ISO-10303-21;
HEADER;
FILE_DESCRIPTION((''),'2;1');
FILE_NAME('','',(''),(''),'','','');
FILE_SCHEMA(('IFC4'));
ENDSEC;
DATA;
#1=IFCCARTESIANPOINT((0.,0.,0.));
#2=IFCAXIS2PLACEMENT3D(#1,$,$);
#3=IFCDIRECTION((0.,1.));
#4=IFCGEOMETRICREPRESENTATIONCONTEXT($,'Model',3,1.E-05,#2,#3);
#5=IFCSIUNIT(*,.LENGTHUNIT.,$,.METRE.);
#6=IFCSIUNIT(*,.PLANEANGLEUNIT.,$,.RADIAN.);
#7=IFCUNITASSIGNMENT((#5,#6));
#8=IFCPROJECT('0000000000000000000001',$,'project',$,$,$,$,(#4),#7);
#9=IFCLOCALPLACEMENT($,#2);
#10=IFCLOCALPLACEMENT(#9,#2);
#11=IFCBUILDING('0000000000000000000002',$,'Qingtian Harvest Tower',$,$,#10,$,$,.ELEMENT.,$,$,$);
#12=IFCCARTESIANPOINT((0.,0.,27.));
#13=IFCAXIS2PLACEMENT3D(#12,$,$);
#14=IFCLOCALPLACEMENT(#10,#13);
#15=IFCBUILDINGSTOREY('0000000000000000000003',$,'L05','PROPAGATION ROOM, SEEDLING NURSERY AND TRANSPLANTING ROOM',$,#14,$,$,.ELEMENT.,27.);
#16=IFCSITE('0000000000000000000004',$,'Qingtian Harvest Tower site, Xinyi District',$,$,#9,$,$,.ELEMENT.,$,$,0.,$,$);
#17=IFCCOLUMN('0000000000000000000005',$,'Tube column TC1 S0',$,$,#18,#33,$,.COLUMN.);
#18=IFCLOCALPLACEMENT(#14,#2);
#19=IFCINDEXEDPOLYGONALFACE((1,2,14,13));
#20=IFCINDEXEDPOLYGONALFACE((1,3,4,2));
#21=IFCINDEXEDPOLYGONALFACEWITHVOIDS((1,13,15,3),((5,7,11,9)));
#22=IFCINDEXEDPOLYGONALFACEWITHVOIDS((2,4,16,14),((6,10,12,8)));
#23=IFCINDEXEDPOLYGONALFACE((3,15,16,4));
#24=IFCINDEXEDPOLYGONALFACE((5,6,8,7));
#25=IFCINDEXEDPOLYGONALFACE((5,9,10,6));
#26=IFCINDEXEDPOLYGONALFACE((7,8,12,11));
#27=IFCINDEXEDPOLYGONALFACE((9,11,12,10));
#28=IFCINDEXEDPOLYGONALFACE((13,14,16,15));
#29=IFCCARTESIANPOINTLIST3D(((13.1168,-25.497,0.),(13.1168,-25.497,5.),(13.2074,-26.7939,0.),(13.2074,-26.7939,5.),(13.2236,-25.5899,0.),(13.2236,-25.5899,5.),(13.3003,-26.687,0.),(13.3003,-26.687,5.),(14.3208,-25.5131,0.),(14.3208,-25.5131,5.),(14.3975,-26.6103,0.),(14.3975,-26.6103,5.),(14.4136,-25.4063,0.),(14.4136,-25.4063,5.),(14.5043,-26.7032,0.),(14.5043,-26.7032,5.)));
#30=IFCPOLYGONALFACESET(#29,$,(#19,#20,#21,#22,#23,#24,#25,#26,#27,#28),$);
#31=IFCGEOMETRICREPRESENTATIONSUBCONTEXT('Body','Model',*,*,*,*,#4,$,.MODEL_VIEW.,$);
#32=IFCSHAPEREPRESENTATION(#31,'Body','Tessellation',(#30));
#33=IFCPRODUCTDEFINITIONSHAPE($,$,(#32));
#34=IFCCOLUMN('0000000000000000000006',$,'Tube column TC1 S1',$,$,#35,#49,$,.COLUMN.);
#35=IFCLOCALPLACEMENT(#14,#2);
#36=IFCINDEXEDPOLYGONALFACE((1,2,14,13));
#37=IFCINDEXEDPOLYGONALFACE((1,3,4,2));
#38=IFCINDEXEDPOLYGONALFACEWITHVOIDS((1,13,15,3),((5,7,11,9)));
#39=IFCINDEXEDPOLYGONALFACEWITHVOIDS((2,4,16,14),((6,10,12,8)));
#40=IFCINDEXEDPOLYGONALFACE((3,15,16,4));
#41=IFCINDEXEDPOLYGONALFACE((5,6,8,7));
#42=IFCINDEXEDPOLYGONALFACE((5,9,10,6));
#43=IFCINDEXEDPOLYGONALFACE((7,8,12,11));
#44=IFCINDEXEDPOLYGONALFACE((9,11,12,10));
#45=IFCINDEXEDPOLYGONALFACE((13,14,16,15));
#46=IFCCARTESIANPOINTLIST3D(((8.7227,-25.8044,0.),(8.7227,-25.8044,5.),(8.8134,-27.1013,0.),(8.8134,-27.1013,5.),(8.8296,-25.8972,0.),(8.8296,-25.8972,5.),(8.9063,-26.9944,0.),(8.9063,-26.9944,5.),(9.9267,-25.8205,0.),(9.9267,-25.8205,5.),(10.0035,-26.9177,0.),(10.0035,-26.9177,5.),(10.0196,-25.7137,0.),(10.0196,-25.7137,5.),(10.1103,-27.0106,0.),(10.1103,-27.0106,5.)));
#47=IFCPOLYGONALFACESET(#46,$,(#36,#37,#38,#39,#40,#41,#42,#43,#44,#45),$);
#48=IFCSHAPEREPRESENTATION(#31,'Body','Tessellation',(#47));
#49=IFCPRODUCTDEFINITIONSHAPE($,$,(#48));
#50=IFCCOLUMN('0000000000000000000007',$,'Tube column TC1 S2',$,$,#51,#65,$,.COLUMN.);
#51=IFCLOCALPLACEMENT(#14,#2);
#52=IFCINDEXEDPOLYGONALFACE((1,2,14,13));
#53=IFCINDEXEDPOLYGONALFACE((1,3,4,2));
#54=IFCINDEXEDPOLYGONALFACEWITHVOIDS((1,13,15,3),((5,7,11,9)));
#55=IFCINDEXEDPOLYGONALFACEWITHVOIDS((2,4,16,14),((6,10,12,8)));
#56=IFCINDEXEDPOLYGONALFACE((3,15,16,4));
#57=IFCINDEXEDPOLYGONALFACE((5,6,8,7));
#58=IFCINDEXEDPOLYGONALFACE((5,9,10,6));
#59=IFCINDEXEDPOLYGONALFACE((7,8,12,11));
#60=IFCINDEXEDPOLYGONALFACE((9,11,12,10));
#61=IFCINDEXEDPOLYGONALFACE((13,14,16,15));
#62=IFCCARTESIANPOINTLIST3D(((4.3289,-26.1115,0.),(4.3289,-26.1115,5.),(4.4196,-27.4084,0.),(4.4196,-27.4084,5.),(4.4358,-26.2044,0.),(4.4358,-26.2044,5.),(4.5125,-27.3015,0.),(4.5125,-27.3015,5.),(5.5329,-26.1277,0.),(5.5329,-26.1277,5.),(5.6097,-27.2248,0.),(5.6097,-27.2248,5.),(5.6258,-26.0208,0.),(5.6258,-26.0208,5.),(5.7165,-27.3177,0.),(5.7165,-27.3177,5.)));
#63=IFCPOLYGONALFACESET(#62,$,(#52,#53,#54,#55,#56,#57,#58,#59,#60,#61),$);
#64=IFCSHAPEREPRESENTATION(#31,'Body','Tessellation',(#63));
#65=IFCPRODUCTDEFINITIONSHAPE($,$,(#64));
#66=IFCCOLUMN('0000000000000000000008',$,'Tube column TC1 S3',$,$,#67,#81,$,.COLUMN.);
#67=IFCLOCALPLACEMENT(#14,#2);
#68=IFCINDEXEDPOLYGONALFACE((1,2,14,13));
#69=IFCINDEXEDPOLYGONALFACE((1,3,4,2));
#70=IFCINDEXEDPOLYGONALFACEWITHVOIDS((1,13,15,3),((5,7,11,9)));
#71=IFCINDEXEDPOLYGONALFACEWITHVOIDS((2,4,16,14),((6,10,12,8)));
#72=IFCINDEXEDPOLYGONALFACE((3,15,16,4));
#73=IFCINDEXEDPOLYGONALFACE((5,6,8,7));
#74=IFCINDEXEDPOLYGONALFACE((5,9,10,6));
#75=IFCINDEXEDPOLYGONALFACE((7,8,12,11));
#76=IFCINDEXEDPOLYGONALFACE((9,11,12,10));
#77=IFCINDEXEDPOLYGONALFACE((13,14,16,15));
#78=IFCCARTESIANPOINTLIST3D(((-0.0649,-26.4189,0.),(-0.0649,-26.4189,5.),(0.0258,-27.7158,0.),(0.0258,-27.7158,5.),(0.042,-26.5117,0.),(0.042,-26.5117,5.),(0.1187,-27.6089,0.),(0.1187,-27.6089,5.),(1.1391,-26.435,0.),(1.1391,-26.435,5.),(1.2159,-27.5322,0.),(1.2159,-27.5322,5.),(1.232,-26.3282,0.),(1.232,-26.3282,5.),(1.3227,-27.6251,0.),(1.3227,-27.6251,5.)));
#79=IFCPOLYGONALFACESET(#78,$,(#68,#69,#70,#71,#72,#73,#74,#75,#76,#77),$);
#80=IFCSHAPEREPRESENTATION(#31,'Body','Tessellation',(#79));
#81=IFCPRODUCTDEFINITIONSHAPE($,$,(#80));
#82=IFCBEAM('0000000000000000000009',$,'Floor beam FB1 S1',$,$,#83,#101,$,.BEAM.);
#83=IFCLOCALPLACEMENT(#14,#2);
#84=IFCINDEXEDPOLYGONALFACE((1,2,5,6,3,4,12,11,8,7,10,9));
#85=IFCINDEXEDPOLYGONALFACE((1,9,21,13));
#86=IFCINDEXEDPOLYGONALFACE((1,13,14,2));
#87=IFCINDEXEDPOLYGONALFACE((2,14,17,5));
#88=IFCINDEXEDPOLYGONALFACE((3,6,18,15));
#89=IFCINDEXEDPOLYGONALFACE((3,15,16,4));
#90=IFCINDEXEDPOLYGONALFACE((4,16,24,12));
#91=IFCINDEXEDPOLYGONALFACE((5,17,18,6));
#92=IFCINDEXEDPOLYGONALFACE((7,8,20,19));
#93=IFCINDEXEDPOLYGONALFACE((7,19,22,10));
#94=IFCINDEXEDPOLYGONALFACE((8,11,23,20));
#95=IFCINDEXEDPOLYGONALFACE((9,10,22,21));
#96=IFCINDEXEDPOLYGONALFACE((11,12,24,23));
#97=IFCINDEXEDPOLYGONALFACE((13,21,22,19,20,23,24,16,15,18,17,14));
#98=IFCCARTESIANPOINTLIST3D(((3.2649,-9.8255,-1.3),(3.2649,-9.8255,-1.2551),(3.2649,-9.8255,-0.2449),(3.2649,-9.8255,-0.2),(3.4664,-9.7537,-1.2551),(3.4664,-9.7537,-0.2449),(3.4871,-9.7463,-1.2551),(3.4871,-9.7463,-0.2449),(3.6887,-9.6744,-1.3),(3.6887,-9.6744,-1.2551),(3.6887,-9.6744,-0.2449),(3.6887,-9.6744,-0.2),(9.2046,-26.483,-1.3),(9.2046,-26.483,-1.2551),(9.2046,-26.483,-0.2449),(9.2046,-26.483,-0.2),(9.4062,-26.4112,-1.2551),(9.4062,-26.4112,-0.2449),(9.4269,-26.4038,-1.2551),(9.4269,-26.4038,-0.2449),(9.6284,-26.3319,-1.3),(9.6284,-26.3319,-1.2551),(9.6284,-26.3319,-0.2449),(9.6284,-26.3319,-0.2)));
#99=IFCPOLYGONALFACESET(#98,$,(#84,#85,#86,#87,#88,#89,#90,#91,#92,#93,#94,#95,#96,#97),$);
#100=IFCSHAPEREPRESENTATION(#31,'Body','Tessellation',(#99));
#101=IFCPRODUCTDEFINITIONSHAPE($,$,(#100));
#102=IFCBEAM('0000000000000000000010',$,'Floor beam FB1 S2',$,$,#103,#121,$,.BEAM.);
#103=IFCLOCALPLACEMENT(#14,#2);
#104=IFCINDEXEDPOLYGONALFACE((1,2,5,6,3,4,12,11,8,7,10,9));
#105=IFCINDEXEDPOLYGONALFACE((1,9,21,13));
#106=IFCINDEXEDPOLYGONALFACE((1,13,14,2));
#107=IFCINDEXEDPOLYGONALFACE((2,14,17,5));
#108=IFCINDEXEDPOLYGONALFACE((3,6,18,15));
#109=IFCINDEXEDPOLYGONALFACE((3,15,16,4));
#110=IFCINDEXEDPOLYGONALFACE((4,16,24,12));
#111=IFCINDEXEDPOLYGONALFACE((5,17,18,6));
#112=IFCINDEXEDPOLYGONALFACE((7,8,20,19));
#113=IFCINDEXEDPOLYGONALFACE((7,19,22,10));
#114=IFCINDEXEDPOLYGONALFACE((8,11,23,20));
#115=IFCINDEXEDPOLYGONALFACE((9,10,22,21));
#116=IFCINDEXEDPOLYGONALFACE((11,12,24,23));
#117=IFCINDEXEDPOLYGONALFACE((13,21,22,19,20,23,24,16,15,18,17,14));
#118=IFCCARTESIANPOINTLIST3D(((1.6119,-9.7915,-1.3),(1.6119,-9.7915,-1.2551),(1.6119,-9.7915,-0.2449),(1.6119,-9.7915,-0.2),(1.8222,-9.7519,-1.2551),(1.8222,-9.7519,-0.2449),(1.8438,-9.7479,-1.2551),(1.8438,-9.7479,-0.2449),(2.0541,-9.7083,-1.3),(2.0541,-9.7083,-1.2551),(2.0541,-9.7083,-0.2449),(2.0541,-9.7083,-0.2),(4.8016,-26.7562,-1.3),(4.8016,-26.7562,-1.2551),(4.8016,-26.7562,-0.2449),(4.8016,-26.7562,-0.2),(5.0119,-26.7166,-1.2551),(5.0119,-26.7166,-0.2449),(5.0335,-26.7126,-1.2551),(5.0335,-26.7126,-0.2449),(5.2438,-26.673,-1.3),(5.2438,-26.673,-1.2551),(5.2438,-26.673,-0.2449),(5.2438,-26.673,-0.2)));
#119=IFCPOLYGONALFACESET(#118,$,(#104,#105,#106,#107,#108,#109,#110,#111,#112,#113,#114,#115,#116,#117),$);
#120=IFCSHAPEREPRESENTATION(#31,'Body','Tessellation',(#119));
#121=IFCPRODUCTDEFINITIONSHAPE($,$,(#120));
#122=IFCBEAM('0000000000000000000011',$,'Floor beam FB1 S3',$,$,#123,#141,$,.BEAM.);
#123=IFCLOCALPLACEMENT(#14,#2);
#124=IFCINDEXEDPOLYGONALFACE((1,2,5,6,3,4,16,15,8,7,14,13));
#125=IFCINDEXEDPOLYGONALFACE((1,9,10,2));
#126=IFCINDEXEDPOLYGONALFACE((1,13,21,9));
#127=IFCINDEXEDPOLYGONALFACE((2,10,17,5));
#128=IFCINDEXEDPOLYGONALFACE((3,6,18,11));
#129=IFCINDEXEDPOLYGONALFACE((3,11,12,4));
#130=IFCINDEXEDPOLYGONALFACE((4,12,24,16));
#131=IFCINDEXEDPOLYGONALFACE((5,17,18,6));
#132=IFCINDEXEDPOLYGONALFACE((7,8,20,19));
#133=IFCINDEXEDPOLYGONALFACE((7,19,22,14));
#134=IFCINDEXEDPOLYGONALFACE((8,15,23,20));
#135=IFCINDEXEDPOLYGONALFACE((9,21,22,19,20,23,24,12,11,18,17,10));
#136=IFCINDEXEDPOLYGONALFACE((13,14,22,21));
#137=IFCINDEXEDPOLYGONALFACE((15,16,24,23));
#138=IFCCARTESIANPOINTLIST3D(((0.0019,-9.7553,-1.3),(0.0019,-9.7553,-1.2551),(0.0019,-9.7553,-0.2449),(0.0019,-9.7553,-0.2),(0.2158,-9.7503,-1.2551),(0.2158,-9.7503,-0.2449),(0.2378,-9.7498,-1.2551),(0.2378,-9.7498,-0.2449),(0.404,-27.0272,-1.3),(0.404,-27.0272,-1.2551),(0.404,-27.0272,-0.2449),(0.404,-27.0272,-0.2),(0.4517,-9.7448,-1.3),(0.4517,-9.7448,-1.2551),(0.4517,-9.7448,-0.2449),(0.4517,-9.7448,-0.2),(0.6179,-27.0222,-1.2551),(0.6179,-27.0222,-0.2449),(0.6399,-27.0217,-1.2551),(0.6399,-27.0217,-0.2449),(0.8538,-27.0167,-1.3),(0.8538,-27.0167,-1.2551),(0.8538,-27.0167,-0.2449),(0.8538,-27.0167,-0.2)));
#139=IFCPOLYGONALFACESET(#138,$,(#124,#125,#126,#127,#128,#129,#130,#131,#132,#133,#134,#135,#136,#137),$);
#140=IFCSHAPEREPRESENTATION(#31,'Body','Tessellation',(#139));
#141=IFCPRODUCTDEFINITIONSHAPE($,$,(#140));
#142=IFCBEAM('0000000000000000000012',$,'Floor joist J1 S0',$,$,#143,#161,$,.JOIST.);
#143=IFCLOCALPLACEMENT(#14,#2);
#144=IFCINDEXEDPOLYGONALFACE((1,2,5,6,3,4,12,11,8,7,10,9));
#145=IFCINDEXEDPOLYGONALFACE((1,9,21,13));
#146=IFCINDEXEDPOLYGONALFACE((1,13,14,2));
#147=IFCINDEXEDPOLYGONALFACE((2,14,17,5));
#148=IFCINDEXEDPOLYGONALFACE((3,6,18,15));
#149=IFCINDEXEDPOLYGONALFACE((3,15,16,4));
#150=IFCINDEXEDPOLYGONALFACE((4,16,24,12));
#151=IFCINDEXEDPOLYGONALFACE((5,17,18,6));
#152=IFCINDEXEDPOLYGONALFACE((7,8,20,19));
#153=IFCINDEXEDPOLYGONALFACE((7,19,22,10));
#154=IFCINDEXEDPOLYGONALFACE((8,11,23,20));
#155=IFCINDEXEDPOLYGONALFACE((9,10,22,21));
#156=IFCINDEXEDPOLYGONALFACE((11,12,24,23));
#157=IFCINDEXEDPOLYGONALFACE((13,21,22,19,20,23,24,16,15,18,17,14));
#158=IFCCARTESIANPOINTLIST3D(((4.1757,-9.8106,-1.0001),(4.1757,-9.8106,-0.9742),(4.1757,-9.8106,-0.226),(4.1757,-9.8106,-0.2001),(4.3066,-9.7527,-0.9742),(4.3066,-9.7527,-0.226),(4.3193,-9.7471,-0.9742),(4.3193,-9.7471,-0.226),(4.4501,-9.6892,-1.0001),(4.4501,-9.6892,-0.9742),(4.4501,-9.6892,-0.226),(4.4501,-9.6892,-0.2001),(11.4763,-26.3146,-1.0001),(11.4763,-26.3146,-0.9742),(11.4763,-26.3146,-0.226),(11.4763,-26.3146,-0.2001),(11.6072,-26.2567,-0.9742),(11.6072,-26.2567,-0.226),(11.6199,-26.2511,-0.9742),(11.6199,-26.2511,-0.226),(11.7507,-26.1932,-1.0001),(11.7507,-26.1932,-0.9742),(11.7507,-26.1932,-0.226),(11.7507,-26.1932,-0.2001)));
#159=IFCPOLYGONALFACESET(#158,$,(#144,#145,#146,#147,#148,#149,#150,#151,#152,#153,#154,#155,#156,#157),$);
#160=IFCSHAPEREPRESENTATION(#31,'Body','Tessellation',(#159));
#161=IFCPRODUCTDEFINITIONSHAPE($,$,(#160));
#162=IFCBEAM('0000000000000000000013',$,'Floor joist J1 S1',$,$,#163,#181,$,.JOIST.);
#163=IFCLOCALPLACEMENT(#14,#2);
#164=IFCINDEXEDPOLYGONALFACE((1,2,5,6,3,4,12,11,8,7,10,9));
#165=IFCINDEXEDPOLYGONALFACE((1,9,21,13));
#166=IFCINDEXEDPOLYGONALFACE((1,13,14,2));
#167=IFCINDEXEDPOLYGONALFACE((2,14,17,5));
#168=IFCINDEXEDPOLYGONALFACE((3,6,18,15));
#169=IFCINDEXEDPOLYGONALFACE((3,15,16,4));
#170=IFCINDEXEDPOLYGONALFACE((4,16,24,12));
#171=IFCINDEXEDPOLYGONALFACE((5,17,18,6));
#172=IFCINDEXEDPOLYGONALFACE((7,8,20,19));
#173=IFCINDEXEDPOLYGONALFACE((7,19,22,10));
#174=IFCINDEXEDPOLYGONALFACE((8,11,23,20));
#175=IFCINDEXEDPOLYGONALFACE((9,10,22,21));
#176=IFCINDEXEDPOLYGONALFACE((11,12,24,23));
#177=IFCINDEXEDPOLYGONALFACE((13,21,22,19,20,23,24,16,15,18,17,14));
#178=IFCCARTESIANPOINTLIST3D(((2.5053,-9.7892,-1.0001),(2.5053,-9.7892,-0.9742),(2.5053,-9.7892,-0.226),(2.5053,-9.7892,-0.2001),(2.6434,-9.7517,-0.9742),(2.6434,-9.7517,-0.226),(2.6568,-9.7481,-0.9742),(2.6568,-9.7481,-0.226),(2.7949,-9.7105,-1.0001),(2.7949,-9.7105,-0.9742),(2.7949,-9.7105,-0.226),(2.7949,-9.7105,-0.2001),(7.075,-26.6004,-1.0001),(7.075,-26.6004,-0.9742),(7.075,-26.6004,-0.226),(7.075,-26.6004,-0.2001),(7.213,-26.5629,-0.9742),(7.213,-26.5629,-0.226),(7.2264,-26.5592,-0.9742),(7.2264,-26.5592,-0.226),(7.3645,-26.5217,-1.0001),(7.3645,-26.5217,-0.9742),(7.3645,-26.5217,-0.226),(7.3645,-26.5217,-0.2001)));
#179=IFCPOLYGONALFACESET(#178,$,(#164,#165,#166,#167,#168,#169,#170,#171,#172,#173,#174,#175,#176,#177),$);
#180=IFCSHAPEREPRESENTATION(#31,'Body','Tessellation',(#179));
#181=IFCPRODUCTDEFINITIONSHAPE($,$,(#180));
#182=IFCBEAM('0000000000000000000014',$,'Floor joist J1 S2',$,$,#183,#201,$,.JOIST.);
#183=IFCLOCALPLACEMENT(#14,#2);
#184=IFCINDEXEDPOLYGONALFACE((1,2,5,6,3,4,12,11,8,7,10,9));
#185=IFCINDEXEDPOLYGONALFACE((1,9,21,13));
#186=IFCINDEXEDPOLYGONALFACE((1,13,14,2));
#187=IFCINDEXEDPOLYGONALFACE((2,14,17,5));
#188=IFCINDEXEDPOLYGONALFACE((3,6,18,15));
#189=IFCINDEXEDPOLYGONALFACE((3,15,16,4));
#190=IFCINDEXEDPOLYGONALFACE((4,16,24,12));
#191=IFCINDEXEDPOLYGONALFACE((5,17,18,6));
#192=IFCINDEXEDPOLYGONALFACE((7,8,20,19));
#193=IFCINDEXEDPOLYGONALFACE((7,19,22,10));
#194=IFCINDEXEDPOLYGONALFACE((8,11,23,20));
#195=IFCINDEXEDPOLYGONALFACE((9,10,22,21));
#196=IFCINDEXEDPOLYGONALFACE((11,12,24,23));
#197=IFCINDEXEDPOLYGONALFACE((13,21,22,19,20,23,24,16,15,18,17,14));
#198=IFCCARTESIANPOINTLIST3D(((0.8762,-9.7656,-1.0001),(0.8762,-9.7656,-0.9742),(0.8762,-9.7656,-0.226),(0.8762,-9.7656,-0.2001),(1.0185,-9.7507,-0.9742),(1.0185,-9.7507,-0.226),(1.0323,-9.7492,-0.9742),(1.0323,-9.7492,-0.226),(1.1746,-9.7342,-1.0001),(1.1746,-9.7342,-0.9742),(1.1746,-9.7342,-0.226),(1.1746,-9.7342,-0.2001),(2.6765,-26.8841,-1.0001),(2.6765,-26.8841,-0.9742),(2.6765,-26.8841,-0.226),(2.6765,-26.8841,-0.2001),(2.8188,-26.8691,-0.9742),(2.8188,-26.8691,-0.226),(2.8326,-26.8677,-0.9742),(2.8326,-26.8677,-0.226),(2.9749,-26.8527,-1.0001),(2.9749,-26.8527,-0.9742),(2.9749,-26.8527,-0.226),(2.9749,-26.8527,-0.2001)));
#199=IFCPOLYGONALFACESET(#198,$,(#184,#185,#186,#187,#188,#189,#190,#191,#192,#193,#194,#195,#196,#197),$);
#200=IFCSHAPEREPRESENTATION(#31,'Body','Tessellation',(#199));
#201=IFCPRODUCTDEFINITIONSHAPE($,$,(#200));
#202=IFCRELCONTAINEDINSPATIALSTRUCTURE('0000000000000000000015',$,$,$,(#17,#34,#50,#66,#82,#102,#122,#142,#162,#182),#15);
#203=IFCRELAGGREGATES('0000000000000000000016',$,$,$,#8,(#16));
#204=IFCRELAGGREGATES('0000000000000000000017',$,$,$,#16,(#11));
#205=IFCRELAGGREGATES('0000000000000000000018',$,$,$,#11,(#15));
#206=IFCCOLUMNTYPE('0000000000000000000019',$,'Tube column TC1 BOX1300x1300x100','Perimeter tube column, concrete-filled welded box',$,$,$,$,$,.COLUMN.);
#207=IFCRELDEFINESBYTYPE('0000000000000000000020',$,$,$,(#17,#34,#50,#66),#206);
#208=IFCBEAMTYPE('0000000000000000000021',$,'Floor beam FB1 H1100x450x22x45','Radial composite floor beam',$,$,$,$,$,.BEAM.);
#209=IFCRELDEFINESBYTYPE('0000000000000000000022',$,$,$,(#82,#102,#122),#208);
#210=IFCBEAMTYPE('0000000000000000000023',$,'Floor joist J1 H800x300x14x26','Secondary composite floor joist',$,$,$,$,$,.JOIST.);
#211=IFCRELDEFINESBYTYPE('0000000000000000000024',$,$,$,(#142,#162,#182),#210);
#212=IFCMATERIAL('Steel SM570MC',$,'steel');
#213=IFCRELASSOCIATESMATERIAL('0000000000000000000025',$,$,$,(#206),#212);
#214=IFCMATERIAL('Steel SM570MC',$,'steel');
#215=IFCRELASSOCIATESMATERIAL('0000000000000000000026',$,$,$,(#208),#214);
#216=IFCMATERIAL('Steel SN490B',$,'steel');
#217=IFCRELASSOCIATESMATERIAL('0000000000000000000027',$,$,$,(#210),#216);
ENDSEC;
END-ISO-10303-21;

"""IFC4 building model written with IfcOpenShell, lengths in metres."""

from ifc_helpers import new_model, si_unit, direction, frame, origin, origin_2d, place, context, subcontext, project, spatial, hollow_rectangle, i_section, extrude, material, material_profile, profile_set, type_object, element, save


model = new_model("IFC4")

# Units and contexts
model_context = context("Model", 3, precision=1e-05, world=origin(), true_north=direction((0.0, 1.0)))
body_context = subcontext(model_context, "Body", "Model", "MODEL_VIEW")
ifc_project = project(units=[si_unit("LENGTHUNIT", "METRE"), si_unit("PLANEANGLEUNIT", "RADIAN")], contexts=[model_context])

# Site, building, storey
site_placement = place(None, origin())
site = spatial("IfcSite", under=ifc_project, at=site_placement, Name="Qingtian Harvest Tower site, Xinyi District", CompositionType="ELEMENT", RefElevation=0.0)
building_placement = place(site_placement, origin())
building = spatial("IfcBuilding", under=site, at=building_placement, Name="Qingtian Harvest Tower", CompositionType="ELEMENT")
storey_placement = place(building_placement, frame((0.0, 0.0, 27.0)))
storey = spatial("IfcBuildingStorey", under=building, at=storey_placement, Name="L05", Description="PROPAGATION ROOM, SEEDLING NURSERY AND TRANSPLANTING ROOM", CompositionType="ELEMENT", Elevation=27.0)

# Columns
ifc_material_1 = material(Name="Steel SM570MC", Category="steel")
ifc_material_profile_1 = material_profile(ifc_material_1, hollow_rectangle(XDim=1.3, YDim=1.3, WallThickness=0.1001, at=origin_2d()), Name="BOX1300x1300x100")
ifc_profile_set_1 = profile_set([ifc_material_profile_1], Name="Steel SM570MC")
column_type = type_object("IfcColumnType", Name="Tube column TC1 BOX1300x1300x100", Description="Perimeter tube column, concrete-filled welded box", PredefinedType="COLUMN", material=ifc_profile_set_1)
for number, where, z_axis, x_axis, name in (
    (1, (13.8105, -26.1001, 0.0), (0.0, 0.0, 1.0), (0.997564, 0.069756, 0.0), "Tube column TC1 S0"),
    (2, (9.4165, -26.4075, 0.0), (0.0, 0.0, 1.0), (0.997564, 0.069756, 0.0), "Tube column TC1 S1"),
    (3, (5.0227, -26.7146, 0.0), (0.0, 0.0, 1.0), (0.997564, 0.069756, 0.0), "Tube column TC1 S2"),
    (4, (0.6289, -27.022, 0.0), (0.0, 0.0, 1.0), (0.997564, 0.069756, 0.0), "Tube column TC1 S3"),
):
    element("IfcColumn", number, at=place(storey_placement, frame(where, z_axis=z_axis, x_axis=x_axis)), inside=storey, type_object=column_type, Name=name, PredefinedType="COLUMN", context=body_context, shape_type="SweptSolid", body=[
        extrude(hollow_rectangle(XDim=1.3, YDim=1.3, WallThickness=0.1001, at=origin_2d()), origin(), (0.0, 0.0, 1.0), 5.0),
    ])

# Beams
ifc_material_2 = material(Name="Steel SM570MC", Category="steel")
ifc_material_profile_2 = material_profile(ifc_material_2, i_section(OverallWidth=0.45, OverallDepth=1.1001, WebThickness=0.022, FlangeThickness=0.0449, at=origin_2d()), Name="H1100x450x22x45")
ifc_profile_set_2 = profile_set([ifc_material_profile_2], Name="Steel SM570MC")
beam_type_1 = type_object("IfcBeamType", Name="Floor beam FB1 H1100x450x22x45", Description="Radial composite floor beam", PredefinedType="BEAM", material=ifc_profile_set_2)
beam_1_placement = place(storey_placement, frame((9.4165, -26.4075, -0.75), z_axis=(-0.335865, 0.94191, 0.0), x_axis=(-0.94191, -0.335865, 0.0)))
element("IfcBeam", 5, at=beam_1_placement, inside=storey, type_object=beam_type_1, Name="Floor beam FB1 S1", PredefinedType="BEAM", context=body_context, shape_type="SweptSolid", body=[
    extrude(i_section(OverallWidth=0.45, OverallDepth=1.1001, WebThickness=0.022, FlangeThickness=0.0449, at=origin_2d()), origin(), (0.0, 0.0, 1.0), 17.6848),
])
beam_2_placement = place(storey_placement, frame((5.0227, -26.7146, -0.75), z_axis=(-0.184783, 0.982779, 0.0), x_axis=(-0.982779, -0.184783, 0.0)))
element("IfcBeam", 6, at=beam_2_placement, inside=storey, type_object=beam_type_1, Name="Floor beam FB1 S2", PredefinedType="BEAM", context=body_context, shape_type="SweptSolid", body=[
    extrude(i_section(OverallWidth=0.45, OverallDepth=1.1001, WebThickness=0.022, FlangeThickness=0.0449, at=origin_2d()), origin(), (0.0, 0.0, 1.0), 17.262),
])
beam_3_placement = place(storey_placement, frame((0.6289, -27.022, -0.75), z_axis=(-0.023274, 0.999729, 0.0), x_axis=(-0.999729, -0.023274, 0.0)))
element("IfcBeam", 7, at=beam_3_placement, inside=storey, type_object=beam_type_1, Name="Floor beam FB1 S3", PredefinedType="BEAM", context=body_context, shape_type="SweptSolid", body=[
    extrude(i_section(OverallWidth=0.45, OverallDepth=1.1001, WebThickness=0.022, FlangeThickness=0.0449, at=origin_2d()), origin(), (0.0, 0.0, 1.0), 17.2766),
])
ifc_material_3 = material(Name="Steel SN490B", Category="steel")
ifc_material_profile_3 = material_profile(ifc_material_3, i_section(OverallWidth=0.3, OverallDepth=0.8, WebThickness=0.0139, FlangeThickness=0.0259, at=origin_2d()), Name="H800x300x14x26")
ifc_profile_set_3 = profile_set([ifc_material_profile_3], Name="Steel SN490B")
beam_type_2 = type_object("IfcBeamType", Name="Floor joist J1 H800x300x14x26", Description="Secondary composite floor joist", PredefinedType="JOIST", material=ifc_profile_set_3)
beam_4_placement = place(storey_placement, frame((11.6135, -26.2539, -0.6001), z_axis=(-0.40454, 0.91452, 0.0), x_axis=(-0.91452, -0.40454, 0.0)))
element("IfcBeam", 8, at=beam_4_placement, inside=storey, type_object=beam_type_2, Name="Floor joist J1 S0", PredefinedType="JOIST", context=body_context, shape_type="SweptSolid", body=[
    extrude(i_section(OverallWidth=0.3, OverallDepth=0.8, WebThickness=0.0139, FlangeThickness=0.0259, at=origin_2d()), origin(), (0.0, 0.0, 1.0), 18.0466),
])
beam_5_placement = place(storey_placement, frame((7.2197, -26.561, -0.6001), z_axis=(-0.262303, 0.964986, 0.0), x_axis=(-0.964986, -0.262303, 0.0)))
element("IfcBeam", 9, at=beam_5_placement, inside=storey, type_object=beam_type_2, Name="Floor joist J1 S1", PredefinedType="JOIST", context=body_context, shape_type="SweptSolid", body=[
    extrude(i_section(OverallWidth=0.3, OverallDepth=0.8, WebThickness=0.0139, FlangeThickness=0.0259, at=origin_2d()), origin(), (0.0, 0.0, 1.0), 17.4211),
])
beam_6_placement = place(storey_placement, frame((2.8257, -26.8684, -0.6001), z_axis=(-0.10459, 0.994515, 0.0), x_axis=(-0.994515, -0.10459, 0.0)))
element("IfcBeam", 10, at=beam_6_placement, inside=storey, type_object=beam_type_2, Name="Floor joist J1 S2", PredefinedType="JOIST", context=body_context, shape_type="SweptSolid", body=[
    extrude(i_section(OverallWidth=0.3, OverallDepth=0.8, WebThickness=0.0139, FlangeThickness=0.0259, at=origin_2d()), origin(), (0.0, 0.0, 1.0), 17.2129),
])

save(model, "model.ifc")
